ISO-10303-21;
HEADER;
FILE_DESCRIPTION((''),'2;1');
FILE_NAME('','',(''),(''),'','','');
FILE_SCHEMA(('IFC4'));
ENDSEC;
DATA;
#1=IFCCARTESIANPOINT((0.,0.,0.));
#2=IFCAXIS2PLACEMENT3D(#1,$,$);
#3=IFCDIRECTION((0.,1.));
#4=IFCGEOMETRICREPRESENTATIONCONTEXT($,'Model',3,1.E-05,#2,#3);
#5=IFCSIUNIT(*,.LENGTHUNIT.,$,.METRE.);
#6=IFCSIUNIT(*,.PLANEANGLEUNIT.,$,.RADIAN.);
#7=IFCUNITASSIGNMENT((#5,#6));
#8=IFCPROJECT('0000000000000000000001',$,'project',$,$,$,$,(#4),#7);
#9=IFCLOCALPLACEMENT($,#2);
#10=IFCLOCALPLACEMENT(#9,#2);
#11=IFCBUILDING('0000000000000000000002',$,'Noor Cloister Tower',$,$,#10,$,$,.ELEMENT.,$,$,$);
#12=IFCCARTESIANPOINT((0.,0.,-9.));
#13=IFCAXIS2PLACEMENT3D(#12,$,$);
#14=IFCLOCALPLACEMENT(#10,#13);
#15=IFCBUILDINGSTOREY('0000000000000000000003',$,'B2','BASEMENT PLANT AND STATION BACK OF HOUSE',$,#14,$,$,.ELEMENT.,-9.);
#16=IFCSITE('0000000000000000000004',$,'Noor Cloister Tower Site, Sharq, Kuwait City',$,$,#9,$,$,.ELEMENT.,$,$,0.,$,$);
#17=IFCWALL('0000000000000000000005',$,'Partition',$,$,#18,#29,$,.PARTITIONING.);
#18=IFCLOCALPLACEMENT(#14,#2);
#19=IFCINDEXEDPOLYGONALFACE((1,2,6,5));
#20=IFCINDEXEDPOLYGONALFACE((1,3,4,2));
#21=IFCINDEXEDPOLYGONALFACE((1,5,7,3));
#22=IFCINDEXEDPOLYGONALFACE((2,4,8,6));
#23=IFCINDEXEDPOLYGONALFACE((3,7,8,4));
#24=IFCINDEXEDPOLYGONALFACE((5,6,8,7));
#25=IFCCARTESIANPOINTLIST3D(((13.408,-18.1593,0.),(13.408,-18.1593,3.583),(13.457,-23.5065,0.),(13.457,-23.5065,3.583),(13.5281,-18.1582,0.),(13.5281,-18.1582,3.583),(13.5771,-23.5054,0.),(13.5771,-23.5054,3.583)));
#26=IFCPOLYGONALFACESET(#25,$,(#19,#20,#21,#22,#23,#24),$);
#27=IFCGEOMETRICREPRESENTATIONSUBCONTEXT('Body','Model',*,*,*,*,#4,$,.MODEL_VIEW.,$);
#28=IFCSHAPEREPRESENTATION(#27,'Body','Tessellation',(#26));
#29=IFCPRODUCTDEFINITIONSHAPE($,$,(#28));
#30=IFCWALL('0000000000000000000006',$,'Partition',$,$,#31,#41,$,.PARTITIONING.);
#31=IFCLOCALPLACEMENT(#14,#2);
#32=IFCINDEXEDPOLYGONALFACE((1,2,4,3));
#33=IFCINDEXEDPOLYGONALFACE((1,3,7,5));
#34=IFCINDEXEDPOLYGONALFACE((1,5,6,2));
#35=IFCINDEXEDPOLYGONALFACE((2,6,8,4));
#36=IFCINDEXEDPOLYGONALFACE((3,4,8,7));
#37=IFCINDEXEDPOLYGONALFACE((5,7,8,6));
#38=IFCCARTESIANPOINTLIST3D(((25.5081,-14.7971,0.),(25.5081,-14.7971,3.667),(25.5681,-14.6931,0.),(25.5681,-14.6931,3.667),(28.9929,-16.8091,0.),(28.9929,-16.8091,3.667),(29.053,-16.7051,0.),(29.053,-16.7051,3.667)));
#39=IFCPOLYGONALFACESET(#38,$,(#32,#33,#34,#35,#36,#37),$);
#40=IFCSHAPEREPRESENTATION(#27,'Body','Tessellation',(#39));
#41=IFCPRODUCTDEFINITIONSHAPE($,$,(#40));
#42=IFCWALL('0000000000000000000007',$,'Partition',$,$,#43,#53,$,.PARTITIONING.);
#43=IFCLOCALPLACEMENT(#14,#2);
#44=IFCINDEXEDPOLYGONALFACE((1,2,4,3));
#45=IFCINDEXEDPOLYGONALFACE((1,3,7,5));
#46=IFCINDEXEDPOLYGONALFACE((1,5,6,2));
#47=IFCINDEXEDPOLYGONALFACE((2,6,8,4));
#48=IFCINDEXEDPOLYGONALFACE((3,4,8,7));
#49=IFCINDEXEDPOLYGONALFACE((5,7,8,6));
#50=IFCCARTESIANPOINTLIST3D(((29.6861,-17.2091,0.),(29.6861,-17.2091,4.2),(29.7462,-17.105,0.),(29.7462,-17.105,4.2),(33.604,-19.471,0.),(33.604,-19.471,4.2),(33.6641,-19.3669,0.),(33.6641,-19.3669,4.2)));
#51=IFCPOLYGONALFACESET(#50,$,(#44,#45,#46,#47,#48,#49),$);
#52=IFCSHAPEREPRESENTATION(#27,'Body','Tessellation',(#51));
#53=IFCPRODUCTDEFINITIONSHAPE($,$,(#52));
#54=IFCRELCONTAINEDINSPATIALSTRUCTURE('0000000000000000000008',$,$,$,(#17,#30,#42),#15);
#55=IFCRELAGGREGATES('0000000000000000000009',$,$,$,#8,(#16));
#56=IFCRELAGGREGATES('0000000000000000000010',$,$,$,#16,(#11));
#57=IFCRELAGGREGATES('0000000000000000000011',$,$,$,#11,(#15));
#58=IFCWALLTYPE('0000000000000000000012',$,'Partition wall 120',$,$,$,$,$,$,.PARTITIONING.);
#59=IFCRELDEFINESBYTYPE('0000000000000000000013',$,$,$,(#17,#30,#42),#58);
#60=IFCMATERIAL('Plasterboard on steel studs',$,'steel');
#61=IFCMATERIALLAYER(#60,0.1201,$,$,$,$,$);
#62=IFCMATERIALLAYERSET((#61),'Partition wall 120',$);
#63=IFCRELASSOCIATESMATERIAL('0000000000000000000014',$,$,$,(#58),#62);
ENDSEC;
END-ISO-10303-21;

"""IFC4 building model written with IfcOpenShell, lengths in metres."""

from ifc_helpers import new_model, si_unit, direction, frame, frame_2d, origin, place, context, subcontext, project, spatial, rectangle, extrude, material, layer, layer_set, type_object, element, save


model = new_model("IFC4")

# Units and contexts
model_context = context("Model", 3, precision=1e-05, world=origin(), true_north=direction((0.0, 1.0)))
body_context = subcontext(model_context, "Body", "Model", "MODEL_VIEW")
ifc_project = project(units=[si_unit("LENGTHUNIT", "METRE"), si_unit("PLANEANGLEUNIT", "RADIAN")], contexts=[model_context])

# Site, building, storey
site_placement = place(None, origin())
site = spatial("IfcSite", under=ifc_project, at=site_placement, Name="Noor Cloister Tower Site, Sharq, Kuwait City", CompositionType="ELEMENT", RefElevation=0.0)
building_placement = place(site_placement, origin())
building = spatial("IfcBuilding", under=site, at=building_placement, Name="Noor Cloister Tower", CompositionType="ELEMENT")
storey_placement = place(building_placement, frame((0.0, 0.0, -9.0)))
storey = spatial("IfcBuildingStorey", under=building, at=storey_placement, Name="B2", Description="BASEMENT PLANT AND STATION BACK OF HOUSE", CompositionType="ELEMENT", Elevation=-9.0)

# Walls
ifc_material_1 = material(Name="Plasterboard on steel studs", Category="steel")
ifc_layer_1 = layer(ifc_material_1, 0.1201)
ifc_layer_set_1 = layer_set([ifc_layer_1], Name="Partition wall 120")
wall_type_1 = type_object("IfcWallType", Name="Partition wall 120", PredefinedType="PARTITIONING", material=ifc_layer_set_1)
wall_1_placement = place(storey_placement, frame((13.5171, -23.5061, 0.0), z_axis=(0.0, 0.0, 1.0), x_axis=(-0.009177, 0.999958, 0.0)))
element("IfcWall", 1, at=wall_1_placement, inside=storey, type_object=wall_type_1, Name="Partition", PredefinedType="PARTITIONING", context=body_context, shape_type="SweptSolid", body=[
    extrude(rectangle(XDim=5.3474, YDim=0.1201, at=frame_2d((2.6738, 0.0))), origin(), (0.0, 0.0, 1.0), 3.583),
])
wall_2_placement = place(storey_placement, frame((29.0229, -16.7571, 0.0), z_axis=(0.0, 0.0, 1.0), x_axis=(-0.866028, 0.499996, 0.0)))
element("IfcWall", 2, at=wall_2_placement, inside=storey, type_object=wall_type_1, Name="Partition", PredefinedType="PARTITIONING", context=body_context, shape_type="SweptSolid", body=[
    extrude(rectangle(XDim=4.0239, YDim=0.1201, at=frame_2d((2.012, 0.0))), origin(), (0.0, 0.0, 1.0), 3.667),
])
wall_3_placement = place(storey_placement, frame((33.634, -19.4189, 0.0), z_axis=(0.0, 0.0, 1.0), x_axis=(-0.866033, 0.499987, 0.0)))
element("IfcWall", 3, at=wall_3_placement, inside=storey, type_object=wall_type_1, Name="Partition", PredefinedType="PARTITIONING", context=body_context, shape_type="SweptSolid", body=[
    extrude(rectangle(XDim=4.5239, YDim=0.1201, at=frame_2d((2.262, 0.0))), origin(), (0.0, 0.0, 1.0), 4.2),
])

save(model, "model.ifc")
